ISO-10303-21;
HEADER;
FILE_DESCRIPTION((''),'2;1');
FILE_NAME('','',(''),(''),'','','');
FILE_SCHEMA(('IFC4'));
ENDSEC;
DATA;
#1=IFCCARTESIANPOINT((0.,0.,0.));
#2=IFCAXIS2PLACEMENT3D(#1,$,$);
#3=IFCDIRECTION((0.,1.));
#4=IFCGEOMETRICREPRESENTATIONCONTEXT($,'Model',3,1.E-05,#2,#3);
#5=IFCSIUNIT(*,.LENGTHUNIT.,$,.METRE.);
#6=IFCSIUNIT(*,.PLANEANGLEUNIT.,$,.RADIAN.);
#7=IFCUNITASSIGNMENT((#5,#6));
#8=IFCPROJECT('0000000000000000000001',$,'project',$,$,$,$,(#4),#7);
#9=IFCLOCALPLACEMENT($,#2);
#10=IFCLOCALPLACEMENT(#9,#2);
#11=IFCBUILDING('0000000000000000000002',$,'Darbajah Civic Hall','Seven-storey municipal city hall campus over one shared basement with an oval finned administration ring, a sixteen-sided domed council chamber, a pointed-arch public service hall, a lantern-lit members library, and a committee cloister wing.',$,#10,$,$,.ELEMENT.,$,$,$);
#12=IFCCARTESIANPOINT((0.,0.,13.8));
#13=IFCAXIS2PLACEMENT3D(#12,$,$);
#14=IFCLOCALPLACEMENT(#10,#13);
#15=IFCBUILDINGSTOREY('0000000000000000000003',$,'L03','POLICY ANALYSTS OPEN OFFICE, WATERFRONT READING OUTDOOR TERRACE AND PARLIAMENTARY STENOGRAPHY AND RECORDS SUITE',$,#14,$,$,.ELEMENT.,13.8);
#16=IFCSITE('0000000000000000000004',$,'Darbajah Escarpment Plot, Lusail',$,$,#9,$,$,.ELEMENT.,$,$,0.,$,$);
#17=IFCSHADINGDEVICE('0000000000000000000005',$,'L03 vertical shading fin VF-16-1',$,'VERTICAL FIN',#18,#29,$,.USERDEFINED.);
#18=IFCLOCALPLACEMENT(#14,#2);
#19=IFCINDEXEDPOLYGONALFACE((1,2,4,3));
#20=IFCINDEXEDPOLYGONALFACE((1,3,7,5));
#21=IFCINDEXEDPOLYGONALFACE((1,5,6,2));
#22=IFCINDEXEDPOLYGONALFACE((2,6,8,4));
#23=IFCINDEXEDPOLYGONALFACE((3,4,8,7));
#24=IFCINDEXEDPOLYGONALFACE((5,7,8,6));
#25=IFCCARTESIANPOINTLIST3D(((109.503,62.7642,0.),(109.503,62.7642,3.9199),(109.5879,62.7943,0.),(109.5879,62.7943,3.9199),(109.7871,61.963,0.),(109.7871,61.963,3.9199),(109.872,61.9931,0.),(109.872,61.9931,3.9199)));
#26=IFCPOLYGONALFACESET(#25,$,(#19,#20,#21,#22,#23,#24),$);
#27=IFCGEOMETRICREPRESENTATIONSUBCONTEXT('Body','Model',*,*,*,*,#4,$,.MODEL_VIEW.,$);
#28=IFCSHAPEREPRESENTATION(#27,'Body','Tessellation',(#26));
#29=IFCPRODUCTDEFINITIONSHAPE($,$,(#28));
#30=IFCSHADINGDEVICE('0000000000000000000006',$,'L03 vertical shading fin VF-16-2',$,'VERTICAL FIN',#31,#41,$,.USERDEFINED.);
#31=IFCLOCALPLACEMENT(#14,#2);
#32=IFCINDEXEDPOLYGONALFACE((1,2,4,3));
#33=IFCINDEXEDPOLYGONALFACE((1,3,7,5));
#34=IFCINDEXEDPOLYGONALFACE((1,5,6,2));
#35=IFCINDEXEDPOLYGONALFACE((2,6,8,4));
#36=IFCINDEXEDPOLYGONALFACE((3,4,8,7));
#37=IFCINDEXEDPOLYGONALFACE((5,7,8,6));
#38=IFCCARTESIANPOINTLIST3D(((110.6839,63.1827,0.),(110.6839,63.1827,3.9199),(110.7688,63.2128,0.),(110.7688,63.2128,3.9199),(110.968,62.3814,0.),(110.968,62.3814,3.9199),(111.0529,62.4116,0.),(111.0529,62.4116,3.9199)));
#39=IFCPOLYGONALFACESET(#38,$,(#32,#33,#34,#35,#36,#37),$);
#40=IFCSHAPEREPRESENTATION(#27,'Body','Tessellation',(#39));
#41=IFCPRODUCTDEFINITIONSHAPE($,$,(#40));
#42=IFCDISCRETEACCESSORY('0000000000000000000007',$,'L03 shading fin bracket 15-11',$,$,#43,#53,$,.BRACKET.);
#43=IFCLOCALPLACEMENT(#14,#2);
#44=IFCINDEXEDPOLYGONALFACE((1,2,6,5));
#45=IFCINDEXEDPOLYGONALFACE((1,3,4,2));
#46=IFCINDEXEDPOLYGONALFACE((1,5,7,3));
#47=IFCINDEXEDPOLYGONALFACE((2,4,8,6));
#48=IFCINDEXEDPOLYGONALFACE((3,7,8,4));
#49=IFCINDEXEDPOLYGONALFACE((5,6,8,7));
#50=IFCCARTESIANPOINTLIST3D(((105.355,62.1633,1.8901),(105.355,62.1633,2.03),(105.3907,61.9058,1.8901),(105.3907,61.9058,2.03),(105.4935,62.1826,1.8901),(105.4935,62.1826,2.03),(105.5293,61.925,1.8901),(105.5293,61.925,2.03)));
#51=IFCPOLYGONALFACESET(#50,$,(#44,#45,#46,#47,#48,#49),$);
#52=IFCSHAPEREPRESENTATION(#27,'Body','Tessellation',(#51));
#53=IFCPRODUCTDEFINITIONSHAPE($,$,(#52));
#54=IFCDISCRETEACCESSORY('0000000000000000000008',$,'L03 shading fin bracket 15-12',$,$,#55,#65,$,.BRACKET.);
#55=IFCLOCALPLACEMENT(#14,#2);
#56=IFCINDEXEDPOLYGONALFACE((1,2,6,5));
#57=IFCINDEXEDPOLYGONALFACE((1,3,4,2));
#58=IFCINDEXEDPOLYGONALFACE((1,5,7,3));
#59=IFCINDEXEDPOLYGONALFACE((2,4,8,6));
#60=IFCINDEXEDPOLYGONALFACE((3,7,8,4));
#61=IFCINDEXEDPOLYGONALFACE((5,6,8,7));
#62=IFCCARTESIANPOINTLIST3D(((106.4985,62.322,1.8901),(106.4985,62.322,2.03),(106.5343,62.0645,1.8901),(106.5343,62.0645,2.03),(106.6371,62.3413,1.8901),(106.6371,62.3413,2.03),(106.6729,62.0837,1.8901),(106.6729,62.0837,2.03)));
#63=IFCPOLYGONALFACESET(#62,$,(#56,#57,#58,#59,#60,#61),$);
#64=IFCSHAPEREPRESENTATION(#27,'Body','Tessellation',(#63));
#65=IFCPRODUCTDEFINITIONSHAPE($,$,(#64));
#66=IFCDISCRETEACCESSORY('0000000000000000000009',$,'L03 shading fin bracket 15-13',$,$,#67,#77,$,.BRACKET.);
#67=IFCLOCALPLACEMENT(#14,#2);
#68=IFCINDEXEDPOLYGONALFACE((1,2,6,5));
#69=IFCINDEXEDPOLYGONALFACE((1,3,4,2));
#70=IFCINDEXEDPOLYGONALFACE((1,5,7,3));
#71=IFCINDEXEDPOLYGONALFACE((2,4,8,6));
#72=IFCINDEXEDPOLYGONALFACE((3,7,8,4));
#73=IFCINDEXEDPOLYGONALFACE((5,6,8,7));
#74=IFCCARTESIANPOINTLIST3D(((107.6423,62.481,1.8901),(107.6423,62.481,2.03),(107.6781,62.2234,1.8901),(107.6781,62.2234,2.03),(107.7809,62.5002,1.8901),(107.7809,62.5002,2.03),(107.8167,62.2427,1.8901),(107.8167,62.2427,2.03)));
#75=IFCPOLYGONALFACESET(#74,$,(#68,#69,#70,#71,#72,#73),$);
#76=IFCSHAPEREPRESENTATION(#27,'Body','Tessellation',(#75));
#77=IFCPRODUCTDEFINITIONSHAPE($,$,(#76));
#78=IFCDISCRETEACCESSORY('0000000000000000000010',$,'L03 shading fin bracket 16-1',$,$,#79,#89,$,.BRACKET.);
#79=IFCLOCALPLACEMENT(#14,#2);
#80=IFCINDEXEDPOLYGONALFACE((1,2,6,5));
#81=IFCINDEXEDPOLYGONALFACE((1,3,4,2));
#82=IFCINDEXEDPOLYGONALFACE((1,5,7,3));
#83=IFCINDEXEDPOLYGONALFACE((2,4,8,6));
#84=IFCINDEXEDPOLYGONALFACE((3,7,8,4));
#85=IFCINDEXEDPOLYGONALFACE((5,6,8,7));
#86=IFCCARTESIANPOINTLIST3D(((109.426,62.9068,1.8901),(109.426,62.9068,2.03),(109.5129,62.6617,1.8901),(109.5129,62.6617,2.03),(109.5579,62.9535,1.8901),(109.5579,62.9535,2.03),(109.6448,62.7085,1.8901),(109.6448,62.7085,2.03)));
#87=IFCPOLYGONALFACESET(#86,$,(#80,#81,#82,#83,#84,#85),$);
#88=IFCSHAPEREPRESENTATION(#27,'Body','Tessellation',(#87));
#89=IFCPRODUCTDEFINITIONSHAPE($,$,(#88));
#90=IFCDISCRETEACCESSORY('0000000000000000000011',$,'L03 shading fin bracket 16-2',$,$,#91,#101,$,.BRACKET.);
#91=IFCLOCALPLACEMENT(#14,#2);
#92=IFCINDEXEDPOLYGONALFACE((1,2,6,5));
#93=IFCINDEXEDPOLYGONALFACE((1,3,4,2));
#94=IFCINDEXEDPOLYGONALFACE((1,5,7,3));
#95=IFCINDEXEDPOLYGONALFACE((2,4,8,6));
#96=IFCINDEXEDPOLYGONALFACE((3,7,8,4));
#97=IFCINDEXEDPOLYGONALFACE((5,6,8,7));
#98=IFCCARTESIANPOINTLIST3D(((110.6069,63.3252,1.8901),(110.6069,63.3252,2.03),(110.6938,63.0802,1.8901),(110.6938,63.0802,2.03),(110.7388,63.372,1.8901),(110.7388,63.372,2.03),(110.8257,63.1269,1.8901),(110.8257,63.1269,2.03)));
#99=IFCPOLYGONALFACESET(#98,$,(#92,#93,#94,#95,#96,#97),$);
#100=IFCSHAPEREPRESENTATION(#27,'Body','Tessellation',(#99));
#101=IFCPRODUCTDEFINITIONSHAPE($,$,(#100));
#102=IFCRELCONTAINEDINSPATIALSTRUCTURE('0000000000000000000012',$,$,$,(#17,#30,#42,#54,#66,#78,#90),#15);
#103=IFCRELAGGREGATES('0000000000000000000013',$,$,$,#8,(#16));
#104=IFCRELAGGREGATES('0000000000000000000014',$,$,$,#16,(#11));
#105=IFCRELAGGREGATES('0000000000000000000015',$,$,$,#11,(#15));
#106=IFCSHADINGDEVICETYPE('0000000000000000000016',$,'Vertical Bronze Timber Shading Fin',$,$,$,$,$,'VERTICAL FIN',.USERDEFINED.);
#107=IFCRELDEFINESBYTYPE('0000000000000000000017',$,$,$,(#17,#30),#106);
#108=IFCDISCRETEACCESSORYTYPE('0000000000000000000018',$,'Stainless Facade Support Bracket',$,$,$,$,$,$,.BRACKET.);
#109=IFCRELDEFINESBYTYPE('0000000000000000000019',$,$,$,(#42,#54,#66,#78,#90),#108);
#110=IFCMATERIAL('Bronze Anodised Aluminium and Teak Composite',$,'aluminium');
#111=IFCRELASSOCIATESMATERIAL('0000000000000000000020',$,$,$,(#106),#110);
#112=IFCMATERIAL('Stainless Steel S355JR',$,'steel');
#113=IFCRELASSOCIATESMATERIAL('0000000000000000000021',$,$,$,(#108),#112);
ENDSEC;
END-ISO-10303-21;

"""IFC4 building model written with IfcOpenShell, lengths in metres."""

from ifc_helpers import new_model, si_unit, direction, frame, origin, origin_2d, place, context, subcontext, project, spatial, rectangle, extrude, material, type_object, element, save


model = new_model("IFC4")

# Units and contexts
model_context = context("Model", 3, precision=1e-05, world=origin(), true_north=direction((0.0, 1.0)))
body_context = subcontext(model_context, "Body", "Model", "MODEL_VIEW")
ifc_project = project(units=[si_unit("LENGTHUNIT", "METRE"), si_unit("PLANEANGLEUNIT", "RADIAN")], contexts=[model_context])

# Site, building, storey
site_placement = place(None, origin())
site = spatial("IfcSite", under=ifc_project, at=site_placement, Name="Darbajah Escarpment Plot, Lusail", CompositionType="ELEMENT", RefElevation=0.0)
building_placement = place(site_placement, origin())
building = spatial("IfcBuilding", under=site, at=building_placement, Name="Darbajah Civic Hall", Description="Seven-storey municipal city hall campus over one shared basement with an oval finned administration ring, a sixteen-sided domed council chamber, a pointed-arch public service hall, a lantern-lit members library, and a committee cloister wing.", CompositionType="ELEMENT")
storey_placement = place(building_placement, frame((0.0, 0.0, 13.8)))
storey = spatial("IfcBuildingStorey", under=building, at=storey_placement, Name="L03", Description="POLICY ANALYSTS OPEN OFFICE, WATERFRONT READING OUTDOOR TERRACE AND PARLIAMENTARY STENOGRAPHY AND RECORDS SUITE", CompositionType="ELEMENT", Elevation=13.8)

# Shading devices
ifc_material_1 = material(Name="Bronze Anodised Aluminium and Teak Composite", Category="aluminium")
shading_device_type = type_object("IfcShadingDeviceType", Name="Vertical Bronze Timber Shading Fin", ElementType="VERTICAL FIN", PredefinedType="USERDEFINED", material=ifc_material_1)
for number, where, z_axis, x_axis, name in (
    (1, (109.6875, 62.3787, 0.0), (0.0, 0.0, 1.0), (0.334136, -0.942525, 0.0), "L03 vertical shading fin VF-16-1"),
    (2, (110.8684, 62.7971, 0.0), (0.0, 0.0, 1.0), (0.334136, -0.942525, 0.0), "L03 vertical shading fin VF-16-2"),
):
    element("IfcShadingDevice", number, at=place(storey_placement, frame(where, z_axis=z_axis, x_axis=x_axis)), inside=storey, type_object=shading_device_type, Name=name, ObjectType="VERTICAL FIN", PredefinedType="USERDEFINED", context=body_context, shape_type="SweptSolid", body=[
        extrude(rectangle(XDim=0.8501, YDim=0.0901, at=origin_2d()), origin(), (0.0, 0.0, 1.0), 3.9199),
    ])

# Discrete accessories
ifc_material_2 = material(Name="Stainless Steel S355JR", Category="steel")
discrete_accessory_type = type_object("IfcDiscreteAccessoryType", Name="Stainless Facade Support Bracket", PredefinedType="BRACKET", material=ifc_material_2)
for number, where, z_axis, x_axis, name in (
    (3, (105.4421, 62.0442, 1.8901), (0.0, 0.0, 1.0), (0.137617, -0.990485, 0.0), "L03 shading fin bracket 15-11"),
    (4, (106.5857, 62.2029, 1.8901), (0.0, 0.0, 1.0), (0.137617, -0.990485, 0.0), "L03 shading fin bracket 15-12"),
    (5, (107.7295, 62.3618, 1.8901), (0.0, 0.0, 1.0), (0.137617, -0.990485, 0.0), "L03 shading fin bracket 15-13"),
    (6, (109.5354, 62.8076, 1.8901), (0.0, 0.0, 1.0), (0.334136, -0.942525, 0.0), "L03 shading fin bracket 16-1"),
    (7, (110.7163, 63.2261, 1.8901), (0.0, 0.0, 1.0), (0.334136, -0.942525, 0.0), "L03 shading fin bracket 16-2"),
):
    element("IfcDiscreteAccessory", number, at=place(storey_placement, frame(where, z_axis=z_axis, x_axis=x_axis)), inside=storey, type_object=discrete_accessory_type, Name=name, PredefinedType="BRACKET", context=body_context, shape_type="SweptSolid", body=[
        extrude(rectangle(XDim=0.26, YDim=0.1399, at=origin_2d()), origin(), (0.0, 0.0, 1.0), 0.1399),
    ])

save(model, "model.ifc")
